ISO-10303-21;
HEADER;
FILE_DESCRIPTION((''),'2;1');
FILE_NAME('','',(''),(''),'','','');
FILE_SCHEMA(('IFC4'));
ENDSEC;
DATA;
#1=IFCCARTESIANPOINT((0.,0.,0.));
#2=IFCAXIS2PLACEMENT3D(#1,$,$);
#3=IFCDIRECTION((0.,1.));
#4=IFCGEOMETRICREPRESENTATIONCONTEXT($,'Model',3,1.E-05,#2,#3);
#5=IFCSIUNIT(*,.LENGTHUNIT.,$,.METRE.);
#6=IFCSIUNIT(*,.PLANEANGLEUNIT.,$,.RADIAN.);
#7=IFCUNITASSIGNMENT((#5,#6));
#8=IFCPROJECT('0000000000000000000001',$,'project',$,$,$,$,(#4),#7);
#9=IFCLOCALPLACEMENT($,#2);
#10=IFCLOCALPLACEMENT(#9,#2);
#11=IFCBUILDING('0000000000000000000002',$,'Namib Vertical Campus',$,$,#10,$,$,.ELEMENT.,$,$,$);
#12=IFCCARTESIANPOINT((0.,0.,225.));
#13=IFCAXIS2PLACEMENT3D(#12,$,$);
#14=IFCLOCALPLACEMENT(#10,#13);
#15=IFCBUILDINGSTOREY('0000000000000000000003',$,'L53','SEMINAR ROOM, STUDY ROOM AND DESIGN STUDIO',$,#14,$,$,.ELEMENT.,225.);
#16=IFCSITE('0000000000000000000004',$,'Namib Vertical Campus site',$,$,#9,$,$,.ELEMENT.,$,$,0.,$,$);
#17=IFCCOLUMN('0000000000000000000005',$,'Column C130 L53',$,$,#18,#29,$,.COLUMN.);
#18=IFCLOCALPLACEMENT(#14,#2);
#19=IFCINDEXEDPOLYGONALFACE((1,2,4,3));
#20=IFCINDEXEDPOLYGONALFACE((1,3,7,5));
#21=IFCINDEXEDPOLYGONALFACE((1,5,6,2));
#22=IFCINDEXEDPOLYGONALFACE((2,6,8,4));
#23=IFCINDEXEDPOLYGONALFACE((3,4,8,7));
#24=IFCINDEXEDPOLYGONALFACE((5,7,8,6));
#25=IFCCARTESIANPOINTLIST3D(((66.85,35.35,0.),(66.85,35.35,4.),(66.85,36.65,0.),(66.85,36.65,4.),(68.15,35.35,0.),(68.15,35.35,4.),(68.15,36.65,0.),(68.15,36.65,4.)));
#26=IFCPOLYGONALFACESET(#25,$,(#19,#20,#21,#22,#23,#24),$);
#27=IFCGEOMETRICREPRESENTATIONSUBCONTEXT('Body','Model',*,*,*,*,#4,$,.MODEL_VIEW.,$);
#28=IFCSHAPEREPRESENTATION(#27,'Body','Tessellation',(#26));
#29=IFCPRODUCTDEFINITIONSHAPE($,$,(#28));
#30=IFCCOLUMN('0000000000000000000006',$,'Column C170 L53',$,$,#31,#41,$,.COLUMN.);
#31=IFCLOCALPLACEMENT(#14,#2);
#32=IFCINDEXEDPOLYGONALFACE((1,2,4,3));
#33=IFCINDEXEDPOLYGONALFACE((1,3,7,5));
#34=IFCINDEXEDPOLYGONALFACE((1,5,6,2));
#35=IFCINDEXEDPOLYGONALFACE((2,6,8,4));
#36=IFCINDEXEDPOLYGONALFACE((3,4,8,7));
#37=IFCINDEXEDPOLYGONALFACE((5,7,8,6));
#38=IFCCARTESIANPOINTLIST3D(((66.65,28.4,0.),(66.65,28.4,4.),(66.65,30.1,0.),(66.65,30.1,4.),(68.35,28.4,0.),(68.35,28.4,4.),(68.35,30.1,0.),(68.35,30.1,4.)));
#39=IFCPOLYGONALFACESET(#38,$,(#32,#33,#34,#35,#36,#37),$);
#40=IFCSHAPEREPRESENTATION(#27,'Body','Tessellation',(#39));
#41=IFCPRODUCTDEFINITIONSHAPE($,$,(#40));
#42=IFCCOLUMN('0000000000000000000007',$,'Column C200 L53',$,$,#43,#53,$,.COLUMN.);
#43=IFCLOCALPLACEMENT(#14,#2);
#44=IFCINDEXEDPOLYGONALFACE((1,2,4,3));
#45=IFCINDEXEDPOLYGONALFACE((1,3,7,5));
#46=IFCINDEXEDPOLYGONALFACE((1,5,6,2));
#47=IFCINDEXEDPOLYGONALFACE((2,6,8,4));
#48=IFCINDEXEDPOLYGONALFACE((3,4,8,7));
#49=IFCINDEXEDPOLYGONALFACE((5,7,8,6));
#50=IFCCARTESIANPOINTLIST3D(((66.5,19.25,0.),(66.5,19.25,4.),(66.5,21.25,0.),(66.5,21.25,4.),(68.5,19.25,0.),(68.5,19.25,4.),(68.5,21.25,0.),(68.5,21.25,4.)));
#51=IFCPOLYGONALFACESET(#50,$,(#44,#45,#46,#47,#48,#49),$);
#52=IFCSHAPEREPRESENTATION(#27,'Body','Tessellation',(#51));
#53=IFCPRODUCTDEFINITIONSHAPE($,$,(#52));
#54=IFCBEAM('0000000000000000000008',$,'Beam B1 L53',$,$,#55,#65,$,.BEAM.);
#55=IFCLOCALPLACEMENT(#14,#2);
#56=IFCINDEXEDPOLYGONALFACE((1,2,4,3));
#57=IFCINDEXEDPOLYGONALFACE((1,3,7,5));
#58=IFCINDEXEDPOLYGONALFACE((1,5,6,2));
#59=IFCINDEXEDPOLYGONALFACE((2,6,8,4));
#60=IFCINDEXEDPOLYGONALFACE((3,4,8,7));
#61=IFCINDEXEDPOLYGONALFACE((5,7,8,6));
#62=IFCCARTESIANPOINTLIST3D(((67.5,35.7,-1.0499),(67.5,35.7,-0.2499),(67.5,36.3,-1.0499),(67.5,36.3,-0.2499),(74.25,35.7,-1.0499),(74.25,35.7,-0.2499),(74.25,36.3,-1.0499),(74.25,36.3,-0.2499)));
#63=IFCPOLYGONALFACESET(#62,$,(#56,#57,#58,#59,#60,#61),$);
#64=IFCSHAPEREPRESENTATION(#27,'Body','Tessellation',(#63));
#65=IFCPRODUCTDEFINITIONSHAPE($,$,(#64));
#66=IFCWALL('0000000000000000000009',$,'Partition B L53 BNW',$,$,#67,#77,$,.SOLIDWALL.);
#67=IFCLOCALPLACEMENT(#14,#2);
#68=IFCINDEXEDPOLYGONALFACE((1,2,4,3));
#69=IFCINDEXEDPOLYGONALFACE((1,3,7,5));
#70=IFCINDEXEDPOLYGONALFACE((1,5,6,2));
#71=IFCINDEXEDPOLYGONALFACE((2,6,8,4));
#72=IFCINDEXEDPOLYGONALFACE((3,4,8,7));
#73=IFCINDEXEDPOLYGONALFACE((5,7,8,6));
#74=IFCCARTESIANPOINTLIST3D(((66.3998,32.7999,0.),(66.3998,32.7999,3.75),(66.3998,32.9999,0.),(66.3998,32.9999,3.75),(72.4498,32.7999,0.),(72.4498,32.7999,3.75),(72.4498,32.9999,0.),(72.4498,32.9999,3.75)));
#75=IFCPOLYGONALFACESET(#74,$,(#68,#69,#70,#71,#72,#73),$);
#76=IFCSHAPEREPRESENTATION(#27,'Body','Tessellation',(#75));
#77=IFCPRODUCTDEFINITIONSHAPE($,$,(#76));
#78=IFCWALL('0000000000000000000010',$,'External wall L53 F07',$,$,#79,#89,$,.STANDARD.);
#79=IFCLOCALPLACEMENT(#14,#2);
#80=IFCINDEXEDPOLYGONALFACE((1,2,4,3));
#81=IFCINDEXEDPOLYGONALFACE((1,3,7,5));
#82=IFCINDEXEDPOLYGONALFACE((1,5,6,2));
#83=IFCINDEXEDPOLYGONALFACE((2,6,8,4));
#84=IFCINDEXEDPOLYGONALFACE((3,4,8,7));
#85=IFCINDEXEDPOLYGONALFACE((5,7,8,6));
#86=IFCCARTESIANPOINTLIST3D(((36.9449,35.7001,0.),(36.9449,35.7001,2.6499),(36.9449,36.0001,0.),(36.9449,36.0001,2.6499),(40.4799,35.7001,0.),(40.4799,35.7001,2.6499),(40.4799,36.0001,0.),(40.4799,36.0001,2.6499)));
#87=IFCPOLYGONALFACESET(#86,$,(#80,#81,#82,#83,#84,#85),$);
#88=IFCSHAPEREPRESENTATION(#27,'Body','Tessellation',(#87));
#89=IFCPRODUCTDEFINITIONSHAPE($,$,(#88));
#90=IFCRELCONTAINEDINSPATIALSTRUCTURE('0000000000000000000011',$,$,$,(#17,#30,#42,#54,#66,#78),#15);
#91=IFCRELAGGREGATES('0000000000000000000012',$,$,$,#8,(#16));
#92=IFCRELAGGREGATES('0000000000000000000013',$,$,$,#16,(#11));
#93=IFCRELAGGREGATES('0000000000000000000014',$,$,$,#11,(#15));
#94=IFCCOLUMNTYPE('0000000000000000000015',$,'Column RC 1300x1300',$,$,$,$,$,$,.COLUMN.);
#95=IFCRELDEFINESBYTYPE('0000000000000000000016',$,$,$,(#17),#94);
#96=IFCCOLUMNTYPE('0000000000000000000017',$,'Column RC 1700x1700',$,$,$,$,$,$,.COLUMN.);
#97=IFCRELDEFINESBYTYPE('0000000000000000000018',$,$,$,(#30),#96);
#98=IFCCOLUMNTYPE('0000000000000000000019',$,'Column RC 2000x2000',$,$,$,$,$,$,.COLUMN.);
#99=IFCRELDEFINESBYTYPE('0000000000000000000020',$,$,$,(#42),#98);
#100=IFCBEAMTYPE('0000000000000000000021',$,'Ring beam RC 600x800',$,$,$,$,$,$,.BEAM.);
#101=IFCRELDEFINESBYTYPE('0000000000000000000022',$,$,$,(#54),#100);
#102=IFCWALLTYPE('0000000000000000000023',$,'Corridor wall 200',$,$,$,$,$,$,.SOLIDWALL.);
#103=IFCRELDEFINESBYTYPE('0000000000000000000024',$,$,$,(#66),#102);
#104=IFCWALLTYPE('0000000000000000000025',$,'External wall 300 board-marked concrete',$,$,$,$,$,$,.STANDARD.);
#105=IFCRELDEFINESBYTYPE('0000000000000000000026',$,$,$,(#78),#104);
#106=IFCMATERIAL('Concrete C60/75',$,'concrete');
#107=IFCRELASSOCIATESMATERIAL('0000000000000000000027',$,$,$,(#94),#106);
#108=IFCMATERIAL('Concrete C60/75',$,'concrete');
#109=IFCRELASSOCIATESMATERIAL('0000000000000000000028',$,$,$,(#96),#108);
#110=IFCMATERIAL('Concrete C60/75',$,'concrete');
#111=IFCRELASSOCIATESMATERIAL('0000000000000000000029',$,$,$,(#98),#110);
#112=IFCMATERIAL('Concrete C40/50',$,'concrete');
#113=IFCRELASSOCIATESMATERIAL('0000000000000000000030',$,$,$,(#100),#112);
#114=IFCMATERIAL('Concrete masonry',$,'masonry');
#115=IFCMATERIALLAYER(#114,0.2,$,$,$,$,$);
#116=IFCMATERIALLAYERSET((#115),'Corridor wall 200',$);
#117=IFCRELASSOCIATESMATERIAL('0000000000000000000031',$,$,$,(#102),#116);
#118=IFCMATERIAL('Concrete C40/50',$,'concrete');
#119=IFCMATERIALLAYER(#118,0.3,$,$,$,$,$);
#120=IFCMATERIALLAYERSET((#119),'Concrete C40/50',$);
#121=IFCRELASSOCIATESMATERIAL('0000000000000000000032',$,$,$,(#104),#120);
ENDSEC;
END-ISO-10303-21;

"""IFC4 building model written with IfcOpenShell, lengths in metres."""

from ifc_helpers import new_model, si_unit, direction, frame, frame_2d, origin, origin_2d, place, context, subcontext, project, spatial, rectangle, extrude, material, layer, layer_set, material_profile, profile_set, type_object, element, save


model = new_model("IFC4")

# Units and contexts
model_context = context("Model", 3, precision=1e-05, world=origin(), true_north=direction((0.0, 1.0)))
body_context = subcontext(model_context, "Body", "Model", "MODEL_VIEW")
ifc_project = project(units=[si_unit("LENGTHUNIT", "METRE"), si_unit("PLANEANGLEUNIT", "RADIAN")], contexts=[model_context])

# Site, building, storey
site_placement = place(None, origin())
site = spatial("IfcSite", under=ifc_project, at=site_placement, Name="Namib Vertical Campus site", CompositionType="ELEMENT", RefElevation=0.0)
building_placement = place(site_placement, origin())
building = spatial("IfcBuilding", under=site, at=building_placement, Name="Namib Vertical Campus", CompositionType="ELEMENT")
storey_placement = place(building_placement, frame((0.0, 0.0, 225.0)))
storey = spatial("IfcBuildingStorey", under=building, at=storey_placement, Name="L53", Description="SEMINAR ROOM, STUDY ROOM AND DESIGN STUDIO", CompositionType="ELEMENT", Elevation=225.0)

# Columns
ifc_material_1 = material(Name="Concrete C60/75", Category="concrete")
ifc_material_profile_1 = material_profile(ifc_material_1, rectangle(XDim=1.3, YDim=1.3, at=origin_2d()))
ifc_profile_set_1 = profile_set([ifc_material_profile_1], Name="Concrete C60/75")
column_type_1 = type_object("IfcColumnType", Name="Column RC 1300x1300", PredefinedType="COLUMN", material=ifc_profile_set_1)
column_1_placement = place(storey_placement, frame((67.5, 36.0, 0.0), z_axis=(0.0, 0.0, 1.0), x_axis=(1.0, 0.0, 0.0)))
element("IfcColumn", 1, at=column_1_placement, inside=storey, type_object=column_type_1, Name="Column C130 L53", PredefinedType="COLUMN", context=body_context, shape_type="SweptSolid", body=[
    extrude(rectangle(XDim=1.3, YDim=1.3, at=origin_2d()), origin(), (0.0, 0.0, 1.0), 4.0),
])
ifc_material_2 = material(Name="Concrete C60/75", Category="concrete")
ifc_material_profile_2 = material_profile(ifc_material_2, rectangle(XDim=1.7, YDim=1.7, at=origin_2d()))
ifc_profile_set_2 = profile_set([ifc_material_profile_2], Name="Concrete C60/75")
column_type_2 = type_object("IfcColumnType", Name="Column RC 1700x1700", PredefinedType="COLUMN", material=ifc_profile_set_2)
column_2_placement = place(storey_placement, frame((67.5, 29.25, 0.0), z_axis=(0.0, 0.0, 1.0), x_axis=(1.0, 0.0, 0.0)))
element("IfcColumn", 2, at=column_2_placement, inside=storey, type_object=column_type_2, Name="Column C170 L53", PredefinedType="COLUMN", context=body_context, shape_type="SweptSolid", body=[
    extrude(rectangle(XDim=1.7, YDim=1.7, at=origin_2d()), origin(), (0.0, 0.0, 1.0), 4.0),
])
ifc_material_3 = material(Name="Concrete C60/75", Category="concrete")
ifc_material_profile_3 = material_profile(ifc_material_3, rectangle(XDim=2.0, YDim=2.0, at=origin_2d()))
ifc_profile_set_3 = profile_set([ifc_material_profile_3], Name="Concrete C60/75")
column_type_3 = type_object("IfcColumnType", Name="Column RC 2000x2000", PredefinedType="COLUMN", material=ifc_profile_set_3)
column_3_placement = place(storey_placement, frame((67.5, 20.25, 0.0), z_axis=(0.0, 0.0, 1.0), x_axis=(1.0, 0.0, 0.0)))
element("IfcColumn", 3, at=column_3_placement, inside=storey, type_object=column_type_3, Name="Column C200 L53", PredefinedType="COLUMN", context=body_context, shape_type="SweptSolid", body=[
    extrude(rectangle(XDim=2.0, YDim=2.0, at=origin_2d()), origin(), (0.0, 0.0, 1.0), 4.0),
])

# Beam
ifc_material_4 = material(Name="Concrete C40/50", Category="concrete")
ifc_material_profile_4 = material_profile(ifc_material_4, rectangle(XDim=0.6001, YDim=0.8, at=origin_2d()))
ifc_profile_set_4 = profile_set([ifc_material_profile_4], Name="Concrete C40/50")
beam_type = type_object("IfcBeamType", Name="Ring beam RC 600x800", PredefinedType="BEAM", material=ifc_profile_set_4)
beam_placement = place(storey_placement, frame((67.5, 36.0, -0.6499), z_axis=(1.0, 0.0, 0.0), x_axis=(0.0, 1.0, 0.0)))
element("IfcBeam", 4, at=beam_placement, inside=storey, type_object=beam_type, Name="Beam B1 L53", PredefinedType="BEAM", context=body_context, shape_type="SweptSolid", body=[
    extrude(rectangle(XDim=0.6001, YDim=0.8, at=origin_2d()), origin(), (0.0, 0.0, 1.0), 6.75),
])

# Walls
ifc_material_5 = material(Name="Concrete masonry", Category="masonry")
ifc_layer_1 = layer(ifc_material_5, 0.2)
ifc_layer_set_1 = layer_set([ifc_layer_1], Name="Corridor wall 200")
wall_type_1 = type_object("IfcWallType", Name="Corridor wall 200", PredefinedType="SOLIDWALL", material=ifc_layer_set_1)
wall_1_placement = place(storey_placement, frame((66.3999, 32.8999, 0.0), z_axis=(0.0, 0.0, 1.0), x_axis=(1.0, 0.0, 0.0)))
element("IfcWall", 5, at=wall_1_placement, inside=storey, type_object=wall_type_1, Name="Partition B L53 BNW", PredefinedType="SOLIDWALL", context=body_context, shape_type="SweptSolid", body=[
    extrude(rectangle(XDim=6.05, YDim=0.2, at=frame_2d((3.0249, 0.0))), origin(), (0.0, 0.0, 1.0), 3.75),
])
ifc_material_6 = material(Name="Concrete C40/50", Category="concrete")
ifc_layer_2 = layer(ifc_material_6, 0.3)
ifc_layer_set_2 = layer_set([ifc_layer_2], Name="Concrete C40/50")
wall_type_2 = type_object("IfcWallType", Name="External wall 300 board-marked concrete", PredefinedType="STANDARD", material=ifc_layer_set_2)
wall_2_placement = place(storey_placement, frame((40.48, 35.8501, 0.0), z_axis=(0.0, 0.0, 1.0), x_axis=(-1.0, 0.0, 0.0)))
element("IfcWall", 6, at=wall_2_placement, inside=storey, type_object=wall_type_2, Name="External wall L53 F07", PredefinedType="STANDARD", context=body_context, shape_type="SweptSolid", body=[
    extrude(rectangle(XDim=3.5349, YDim=0.3, at=frame_2d((1.7676, 0.0))), origin(), (0.0, 0.0, 1.0), 2.6499),
])

save(model, "model.ifc")
